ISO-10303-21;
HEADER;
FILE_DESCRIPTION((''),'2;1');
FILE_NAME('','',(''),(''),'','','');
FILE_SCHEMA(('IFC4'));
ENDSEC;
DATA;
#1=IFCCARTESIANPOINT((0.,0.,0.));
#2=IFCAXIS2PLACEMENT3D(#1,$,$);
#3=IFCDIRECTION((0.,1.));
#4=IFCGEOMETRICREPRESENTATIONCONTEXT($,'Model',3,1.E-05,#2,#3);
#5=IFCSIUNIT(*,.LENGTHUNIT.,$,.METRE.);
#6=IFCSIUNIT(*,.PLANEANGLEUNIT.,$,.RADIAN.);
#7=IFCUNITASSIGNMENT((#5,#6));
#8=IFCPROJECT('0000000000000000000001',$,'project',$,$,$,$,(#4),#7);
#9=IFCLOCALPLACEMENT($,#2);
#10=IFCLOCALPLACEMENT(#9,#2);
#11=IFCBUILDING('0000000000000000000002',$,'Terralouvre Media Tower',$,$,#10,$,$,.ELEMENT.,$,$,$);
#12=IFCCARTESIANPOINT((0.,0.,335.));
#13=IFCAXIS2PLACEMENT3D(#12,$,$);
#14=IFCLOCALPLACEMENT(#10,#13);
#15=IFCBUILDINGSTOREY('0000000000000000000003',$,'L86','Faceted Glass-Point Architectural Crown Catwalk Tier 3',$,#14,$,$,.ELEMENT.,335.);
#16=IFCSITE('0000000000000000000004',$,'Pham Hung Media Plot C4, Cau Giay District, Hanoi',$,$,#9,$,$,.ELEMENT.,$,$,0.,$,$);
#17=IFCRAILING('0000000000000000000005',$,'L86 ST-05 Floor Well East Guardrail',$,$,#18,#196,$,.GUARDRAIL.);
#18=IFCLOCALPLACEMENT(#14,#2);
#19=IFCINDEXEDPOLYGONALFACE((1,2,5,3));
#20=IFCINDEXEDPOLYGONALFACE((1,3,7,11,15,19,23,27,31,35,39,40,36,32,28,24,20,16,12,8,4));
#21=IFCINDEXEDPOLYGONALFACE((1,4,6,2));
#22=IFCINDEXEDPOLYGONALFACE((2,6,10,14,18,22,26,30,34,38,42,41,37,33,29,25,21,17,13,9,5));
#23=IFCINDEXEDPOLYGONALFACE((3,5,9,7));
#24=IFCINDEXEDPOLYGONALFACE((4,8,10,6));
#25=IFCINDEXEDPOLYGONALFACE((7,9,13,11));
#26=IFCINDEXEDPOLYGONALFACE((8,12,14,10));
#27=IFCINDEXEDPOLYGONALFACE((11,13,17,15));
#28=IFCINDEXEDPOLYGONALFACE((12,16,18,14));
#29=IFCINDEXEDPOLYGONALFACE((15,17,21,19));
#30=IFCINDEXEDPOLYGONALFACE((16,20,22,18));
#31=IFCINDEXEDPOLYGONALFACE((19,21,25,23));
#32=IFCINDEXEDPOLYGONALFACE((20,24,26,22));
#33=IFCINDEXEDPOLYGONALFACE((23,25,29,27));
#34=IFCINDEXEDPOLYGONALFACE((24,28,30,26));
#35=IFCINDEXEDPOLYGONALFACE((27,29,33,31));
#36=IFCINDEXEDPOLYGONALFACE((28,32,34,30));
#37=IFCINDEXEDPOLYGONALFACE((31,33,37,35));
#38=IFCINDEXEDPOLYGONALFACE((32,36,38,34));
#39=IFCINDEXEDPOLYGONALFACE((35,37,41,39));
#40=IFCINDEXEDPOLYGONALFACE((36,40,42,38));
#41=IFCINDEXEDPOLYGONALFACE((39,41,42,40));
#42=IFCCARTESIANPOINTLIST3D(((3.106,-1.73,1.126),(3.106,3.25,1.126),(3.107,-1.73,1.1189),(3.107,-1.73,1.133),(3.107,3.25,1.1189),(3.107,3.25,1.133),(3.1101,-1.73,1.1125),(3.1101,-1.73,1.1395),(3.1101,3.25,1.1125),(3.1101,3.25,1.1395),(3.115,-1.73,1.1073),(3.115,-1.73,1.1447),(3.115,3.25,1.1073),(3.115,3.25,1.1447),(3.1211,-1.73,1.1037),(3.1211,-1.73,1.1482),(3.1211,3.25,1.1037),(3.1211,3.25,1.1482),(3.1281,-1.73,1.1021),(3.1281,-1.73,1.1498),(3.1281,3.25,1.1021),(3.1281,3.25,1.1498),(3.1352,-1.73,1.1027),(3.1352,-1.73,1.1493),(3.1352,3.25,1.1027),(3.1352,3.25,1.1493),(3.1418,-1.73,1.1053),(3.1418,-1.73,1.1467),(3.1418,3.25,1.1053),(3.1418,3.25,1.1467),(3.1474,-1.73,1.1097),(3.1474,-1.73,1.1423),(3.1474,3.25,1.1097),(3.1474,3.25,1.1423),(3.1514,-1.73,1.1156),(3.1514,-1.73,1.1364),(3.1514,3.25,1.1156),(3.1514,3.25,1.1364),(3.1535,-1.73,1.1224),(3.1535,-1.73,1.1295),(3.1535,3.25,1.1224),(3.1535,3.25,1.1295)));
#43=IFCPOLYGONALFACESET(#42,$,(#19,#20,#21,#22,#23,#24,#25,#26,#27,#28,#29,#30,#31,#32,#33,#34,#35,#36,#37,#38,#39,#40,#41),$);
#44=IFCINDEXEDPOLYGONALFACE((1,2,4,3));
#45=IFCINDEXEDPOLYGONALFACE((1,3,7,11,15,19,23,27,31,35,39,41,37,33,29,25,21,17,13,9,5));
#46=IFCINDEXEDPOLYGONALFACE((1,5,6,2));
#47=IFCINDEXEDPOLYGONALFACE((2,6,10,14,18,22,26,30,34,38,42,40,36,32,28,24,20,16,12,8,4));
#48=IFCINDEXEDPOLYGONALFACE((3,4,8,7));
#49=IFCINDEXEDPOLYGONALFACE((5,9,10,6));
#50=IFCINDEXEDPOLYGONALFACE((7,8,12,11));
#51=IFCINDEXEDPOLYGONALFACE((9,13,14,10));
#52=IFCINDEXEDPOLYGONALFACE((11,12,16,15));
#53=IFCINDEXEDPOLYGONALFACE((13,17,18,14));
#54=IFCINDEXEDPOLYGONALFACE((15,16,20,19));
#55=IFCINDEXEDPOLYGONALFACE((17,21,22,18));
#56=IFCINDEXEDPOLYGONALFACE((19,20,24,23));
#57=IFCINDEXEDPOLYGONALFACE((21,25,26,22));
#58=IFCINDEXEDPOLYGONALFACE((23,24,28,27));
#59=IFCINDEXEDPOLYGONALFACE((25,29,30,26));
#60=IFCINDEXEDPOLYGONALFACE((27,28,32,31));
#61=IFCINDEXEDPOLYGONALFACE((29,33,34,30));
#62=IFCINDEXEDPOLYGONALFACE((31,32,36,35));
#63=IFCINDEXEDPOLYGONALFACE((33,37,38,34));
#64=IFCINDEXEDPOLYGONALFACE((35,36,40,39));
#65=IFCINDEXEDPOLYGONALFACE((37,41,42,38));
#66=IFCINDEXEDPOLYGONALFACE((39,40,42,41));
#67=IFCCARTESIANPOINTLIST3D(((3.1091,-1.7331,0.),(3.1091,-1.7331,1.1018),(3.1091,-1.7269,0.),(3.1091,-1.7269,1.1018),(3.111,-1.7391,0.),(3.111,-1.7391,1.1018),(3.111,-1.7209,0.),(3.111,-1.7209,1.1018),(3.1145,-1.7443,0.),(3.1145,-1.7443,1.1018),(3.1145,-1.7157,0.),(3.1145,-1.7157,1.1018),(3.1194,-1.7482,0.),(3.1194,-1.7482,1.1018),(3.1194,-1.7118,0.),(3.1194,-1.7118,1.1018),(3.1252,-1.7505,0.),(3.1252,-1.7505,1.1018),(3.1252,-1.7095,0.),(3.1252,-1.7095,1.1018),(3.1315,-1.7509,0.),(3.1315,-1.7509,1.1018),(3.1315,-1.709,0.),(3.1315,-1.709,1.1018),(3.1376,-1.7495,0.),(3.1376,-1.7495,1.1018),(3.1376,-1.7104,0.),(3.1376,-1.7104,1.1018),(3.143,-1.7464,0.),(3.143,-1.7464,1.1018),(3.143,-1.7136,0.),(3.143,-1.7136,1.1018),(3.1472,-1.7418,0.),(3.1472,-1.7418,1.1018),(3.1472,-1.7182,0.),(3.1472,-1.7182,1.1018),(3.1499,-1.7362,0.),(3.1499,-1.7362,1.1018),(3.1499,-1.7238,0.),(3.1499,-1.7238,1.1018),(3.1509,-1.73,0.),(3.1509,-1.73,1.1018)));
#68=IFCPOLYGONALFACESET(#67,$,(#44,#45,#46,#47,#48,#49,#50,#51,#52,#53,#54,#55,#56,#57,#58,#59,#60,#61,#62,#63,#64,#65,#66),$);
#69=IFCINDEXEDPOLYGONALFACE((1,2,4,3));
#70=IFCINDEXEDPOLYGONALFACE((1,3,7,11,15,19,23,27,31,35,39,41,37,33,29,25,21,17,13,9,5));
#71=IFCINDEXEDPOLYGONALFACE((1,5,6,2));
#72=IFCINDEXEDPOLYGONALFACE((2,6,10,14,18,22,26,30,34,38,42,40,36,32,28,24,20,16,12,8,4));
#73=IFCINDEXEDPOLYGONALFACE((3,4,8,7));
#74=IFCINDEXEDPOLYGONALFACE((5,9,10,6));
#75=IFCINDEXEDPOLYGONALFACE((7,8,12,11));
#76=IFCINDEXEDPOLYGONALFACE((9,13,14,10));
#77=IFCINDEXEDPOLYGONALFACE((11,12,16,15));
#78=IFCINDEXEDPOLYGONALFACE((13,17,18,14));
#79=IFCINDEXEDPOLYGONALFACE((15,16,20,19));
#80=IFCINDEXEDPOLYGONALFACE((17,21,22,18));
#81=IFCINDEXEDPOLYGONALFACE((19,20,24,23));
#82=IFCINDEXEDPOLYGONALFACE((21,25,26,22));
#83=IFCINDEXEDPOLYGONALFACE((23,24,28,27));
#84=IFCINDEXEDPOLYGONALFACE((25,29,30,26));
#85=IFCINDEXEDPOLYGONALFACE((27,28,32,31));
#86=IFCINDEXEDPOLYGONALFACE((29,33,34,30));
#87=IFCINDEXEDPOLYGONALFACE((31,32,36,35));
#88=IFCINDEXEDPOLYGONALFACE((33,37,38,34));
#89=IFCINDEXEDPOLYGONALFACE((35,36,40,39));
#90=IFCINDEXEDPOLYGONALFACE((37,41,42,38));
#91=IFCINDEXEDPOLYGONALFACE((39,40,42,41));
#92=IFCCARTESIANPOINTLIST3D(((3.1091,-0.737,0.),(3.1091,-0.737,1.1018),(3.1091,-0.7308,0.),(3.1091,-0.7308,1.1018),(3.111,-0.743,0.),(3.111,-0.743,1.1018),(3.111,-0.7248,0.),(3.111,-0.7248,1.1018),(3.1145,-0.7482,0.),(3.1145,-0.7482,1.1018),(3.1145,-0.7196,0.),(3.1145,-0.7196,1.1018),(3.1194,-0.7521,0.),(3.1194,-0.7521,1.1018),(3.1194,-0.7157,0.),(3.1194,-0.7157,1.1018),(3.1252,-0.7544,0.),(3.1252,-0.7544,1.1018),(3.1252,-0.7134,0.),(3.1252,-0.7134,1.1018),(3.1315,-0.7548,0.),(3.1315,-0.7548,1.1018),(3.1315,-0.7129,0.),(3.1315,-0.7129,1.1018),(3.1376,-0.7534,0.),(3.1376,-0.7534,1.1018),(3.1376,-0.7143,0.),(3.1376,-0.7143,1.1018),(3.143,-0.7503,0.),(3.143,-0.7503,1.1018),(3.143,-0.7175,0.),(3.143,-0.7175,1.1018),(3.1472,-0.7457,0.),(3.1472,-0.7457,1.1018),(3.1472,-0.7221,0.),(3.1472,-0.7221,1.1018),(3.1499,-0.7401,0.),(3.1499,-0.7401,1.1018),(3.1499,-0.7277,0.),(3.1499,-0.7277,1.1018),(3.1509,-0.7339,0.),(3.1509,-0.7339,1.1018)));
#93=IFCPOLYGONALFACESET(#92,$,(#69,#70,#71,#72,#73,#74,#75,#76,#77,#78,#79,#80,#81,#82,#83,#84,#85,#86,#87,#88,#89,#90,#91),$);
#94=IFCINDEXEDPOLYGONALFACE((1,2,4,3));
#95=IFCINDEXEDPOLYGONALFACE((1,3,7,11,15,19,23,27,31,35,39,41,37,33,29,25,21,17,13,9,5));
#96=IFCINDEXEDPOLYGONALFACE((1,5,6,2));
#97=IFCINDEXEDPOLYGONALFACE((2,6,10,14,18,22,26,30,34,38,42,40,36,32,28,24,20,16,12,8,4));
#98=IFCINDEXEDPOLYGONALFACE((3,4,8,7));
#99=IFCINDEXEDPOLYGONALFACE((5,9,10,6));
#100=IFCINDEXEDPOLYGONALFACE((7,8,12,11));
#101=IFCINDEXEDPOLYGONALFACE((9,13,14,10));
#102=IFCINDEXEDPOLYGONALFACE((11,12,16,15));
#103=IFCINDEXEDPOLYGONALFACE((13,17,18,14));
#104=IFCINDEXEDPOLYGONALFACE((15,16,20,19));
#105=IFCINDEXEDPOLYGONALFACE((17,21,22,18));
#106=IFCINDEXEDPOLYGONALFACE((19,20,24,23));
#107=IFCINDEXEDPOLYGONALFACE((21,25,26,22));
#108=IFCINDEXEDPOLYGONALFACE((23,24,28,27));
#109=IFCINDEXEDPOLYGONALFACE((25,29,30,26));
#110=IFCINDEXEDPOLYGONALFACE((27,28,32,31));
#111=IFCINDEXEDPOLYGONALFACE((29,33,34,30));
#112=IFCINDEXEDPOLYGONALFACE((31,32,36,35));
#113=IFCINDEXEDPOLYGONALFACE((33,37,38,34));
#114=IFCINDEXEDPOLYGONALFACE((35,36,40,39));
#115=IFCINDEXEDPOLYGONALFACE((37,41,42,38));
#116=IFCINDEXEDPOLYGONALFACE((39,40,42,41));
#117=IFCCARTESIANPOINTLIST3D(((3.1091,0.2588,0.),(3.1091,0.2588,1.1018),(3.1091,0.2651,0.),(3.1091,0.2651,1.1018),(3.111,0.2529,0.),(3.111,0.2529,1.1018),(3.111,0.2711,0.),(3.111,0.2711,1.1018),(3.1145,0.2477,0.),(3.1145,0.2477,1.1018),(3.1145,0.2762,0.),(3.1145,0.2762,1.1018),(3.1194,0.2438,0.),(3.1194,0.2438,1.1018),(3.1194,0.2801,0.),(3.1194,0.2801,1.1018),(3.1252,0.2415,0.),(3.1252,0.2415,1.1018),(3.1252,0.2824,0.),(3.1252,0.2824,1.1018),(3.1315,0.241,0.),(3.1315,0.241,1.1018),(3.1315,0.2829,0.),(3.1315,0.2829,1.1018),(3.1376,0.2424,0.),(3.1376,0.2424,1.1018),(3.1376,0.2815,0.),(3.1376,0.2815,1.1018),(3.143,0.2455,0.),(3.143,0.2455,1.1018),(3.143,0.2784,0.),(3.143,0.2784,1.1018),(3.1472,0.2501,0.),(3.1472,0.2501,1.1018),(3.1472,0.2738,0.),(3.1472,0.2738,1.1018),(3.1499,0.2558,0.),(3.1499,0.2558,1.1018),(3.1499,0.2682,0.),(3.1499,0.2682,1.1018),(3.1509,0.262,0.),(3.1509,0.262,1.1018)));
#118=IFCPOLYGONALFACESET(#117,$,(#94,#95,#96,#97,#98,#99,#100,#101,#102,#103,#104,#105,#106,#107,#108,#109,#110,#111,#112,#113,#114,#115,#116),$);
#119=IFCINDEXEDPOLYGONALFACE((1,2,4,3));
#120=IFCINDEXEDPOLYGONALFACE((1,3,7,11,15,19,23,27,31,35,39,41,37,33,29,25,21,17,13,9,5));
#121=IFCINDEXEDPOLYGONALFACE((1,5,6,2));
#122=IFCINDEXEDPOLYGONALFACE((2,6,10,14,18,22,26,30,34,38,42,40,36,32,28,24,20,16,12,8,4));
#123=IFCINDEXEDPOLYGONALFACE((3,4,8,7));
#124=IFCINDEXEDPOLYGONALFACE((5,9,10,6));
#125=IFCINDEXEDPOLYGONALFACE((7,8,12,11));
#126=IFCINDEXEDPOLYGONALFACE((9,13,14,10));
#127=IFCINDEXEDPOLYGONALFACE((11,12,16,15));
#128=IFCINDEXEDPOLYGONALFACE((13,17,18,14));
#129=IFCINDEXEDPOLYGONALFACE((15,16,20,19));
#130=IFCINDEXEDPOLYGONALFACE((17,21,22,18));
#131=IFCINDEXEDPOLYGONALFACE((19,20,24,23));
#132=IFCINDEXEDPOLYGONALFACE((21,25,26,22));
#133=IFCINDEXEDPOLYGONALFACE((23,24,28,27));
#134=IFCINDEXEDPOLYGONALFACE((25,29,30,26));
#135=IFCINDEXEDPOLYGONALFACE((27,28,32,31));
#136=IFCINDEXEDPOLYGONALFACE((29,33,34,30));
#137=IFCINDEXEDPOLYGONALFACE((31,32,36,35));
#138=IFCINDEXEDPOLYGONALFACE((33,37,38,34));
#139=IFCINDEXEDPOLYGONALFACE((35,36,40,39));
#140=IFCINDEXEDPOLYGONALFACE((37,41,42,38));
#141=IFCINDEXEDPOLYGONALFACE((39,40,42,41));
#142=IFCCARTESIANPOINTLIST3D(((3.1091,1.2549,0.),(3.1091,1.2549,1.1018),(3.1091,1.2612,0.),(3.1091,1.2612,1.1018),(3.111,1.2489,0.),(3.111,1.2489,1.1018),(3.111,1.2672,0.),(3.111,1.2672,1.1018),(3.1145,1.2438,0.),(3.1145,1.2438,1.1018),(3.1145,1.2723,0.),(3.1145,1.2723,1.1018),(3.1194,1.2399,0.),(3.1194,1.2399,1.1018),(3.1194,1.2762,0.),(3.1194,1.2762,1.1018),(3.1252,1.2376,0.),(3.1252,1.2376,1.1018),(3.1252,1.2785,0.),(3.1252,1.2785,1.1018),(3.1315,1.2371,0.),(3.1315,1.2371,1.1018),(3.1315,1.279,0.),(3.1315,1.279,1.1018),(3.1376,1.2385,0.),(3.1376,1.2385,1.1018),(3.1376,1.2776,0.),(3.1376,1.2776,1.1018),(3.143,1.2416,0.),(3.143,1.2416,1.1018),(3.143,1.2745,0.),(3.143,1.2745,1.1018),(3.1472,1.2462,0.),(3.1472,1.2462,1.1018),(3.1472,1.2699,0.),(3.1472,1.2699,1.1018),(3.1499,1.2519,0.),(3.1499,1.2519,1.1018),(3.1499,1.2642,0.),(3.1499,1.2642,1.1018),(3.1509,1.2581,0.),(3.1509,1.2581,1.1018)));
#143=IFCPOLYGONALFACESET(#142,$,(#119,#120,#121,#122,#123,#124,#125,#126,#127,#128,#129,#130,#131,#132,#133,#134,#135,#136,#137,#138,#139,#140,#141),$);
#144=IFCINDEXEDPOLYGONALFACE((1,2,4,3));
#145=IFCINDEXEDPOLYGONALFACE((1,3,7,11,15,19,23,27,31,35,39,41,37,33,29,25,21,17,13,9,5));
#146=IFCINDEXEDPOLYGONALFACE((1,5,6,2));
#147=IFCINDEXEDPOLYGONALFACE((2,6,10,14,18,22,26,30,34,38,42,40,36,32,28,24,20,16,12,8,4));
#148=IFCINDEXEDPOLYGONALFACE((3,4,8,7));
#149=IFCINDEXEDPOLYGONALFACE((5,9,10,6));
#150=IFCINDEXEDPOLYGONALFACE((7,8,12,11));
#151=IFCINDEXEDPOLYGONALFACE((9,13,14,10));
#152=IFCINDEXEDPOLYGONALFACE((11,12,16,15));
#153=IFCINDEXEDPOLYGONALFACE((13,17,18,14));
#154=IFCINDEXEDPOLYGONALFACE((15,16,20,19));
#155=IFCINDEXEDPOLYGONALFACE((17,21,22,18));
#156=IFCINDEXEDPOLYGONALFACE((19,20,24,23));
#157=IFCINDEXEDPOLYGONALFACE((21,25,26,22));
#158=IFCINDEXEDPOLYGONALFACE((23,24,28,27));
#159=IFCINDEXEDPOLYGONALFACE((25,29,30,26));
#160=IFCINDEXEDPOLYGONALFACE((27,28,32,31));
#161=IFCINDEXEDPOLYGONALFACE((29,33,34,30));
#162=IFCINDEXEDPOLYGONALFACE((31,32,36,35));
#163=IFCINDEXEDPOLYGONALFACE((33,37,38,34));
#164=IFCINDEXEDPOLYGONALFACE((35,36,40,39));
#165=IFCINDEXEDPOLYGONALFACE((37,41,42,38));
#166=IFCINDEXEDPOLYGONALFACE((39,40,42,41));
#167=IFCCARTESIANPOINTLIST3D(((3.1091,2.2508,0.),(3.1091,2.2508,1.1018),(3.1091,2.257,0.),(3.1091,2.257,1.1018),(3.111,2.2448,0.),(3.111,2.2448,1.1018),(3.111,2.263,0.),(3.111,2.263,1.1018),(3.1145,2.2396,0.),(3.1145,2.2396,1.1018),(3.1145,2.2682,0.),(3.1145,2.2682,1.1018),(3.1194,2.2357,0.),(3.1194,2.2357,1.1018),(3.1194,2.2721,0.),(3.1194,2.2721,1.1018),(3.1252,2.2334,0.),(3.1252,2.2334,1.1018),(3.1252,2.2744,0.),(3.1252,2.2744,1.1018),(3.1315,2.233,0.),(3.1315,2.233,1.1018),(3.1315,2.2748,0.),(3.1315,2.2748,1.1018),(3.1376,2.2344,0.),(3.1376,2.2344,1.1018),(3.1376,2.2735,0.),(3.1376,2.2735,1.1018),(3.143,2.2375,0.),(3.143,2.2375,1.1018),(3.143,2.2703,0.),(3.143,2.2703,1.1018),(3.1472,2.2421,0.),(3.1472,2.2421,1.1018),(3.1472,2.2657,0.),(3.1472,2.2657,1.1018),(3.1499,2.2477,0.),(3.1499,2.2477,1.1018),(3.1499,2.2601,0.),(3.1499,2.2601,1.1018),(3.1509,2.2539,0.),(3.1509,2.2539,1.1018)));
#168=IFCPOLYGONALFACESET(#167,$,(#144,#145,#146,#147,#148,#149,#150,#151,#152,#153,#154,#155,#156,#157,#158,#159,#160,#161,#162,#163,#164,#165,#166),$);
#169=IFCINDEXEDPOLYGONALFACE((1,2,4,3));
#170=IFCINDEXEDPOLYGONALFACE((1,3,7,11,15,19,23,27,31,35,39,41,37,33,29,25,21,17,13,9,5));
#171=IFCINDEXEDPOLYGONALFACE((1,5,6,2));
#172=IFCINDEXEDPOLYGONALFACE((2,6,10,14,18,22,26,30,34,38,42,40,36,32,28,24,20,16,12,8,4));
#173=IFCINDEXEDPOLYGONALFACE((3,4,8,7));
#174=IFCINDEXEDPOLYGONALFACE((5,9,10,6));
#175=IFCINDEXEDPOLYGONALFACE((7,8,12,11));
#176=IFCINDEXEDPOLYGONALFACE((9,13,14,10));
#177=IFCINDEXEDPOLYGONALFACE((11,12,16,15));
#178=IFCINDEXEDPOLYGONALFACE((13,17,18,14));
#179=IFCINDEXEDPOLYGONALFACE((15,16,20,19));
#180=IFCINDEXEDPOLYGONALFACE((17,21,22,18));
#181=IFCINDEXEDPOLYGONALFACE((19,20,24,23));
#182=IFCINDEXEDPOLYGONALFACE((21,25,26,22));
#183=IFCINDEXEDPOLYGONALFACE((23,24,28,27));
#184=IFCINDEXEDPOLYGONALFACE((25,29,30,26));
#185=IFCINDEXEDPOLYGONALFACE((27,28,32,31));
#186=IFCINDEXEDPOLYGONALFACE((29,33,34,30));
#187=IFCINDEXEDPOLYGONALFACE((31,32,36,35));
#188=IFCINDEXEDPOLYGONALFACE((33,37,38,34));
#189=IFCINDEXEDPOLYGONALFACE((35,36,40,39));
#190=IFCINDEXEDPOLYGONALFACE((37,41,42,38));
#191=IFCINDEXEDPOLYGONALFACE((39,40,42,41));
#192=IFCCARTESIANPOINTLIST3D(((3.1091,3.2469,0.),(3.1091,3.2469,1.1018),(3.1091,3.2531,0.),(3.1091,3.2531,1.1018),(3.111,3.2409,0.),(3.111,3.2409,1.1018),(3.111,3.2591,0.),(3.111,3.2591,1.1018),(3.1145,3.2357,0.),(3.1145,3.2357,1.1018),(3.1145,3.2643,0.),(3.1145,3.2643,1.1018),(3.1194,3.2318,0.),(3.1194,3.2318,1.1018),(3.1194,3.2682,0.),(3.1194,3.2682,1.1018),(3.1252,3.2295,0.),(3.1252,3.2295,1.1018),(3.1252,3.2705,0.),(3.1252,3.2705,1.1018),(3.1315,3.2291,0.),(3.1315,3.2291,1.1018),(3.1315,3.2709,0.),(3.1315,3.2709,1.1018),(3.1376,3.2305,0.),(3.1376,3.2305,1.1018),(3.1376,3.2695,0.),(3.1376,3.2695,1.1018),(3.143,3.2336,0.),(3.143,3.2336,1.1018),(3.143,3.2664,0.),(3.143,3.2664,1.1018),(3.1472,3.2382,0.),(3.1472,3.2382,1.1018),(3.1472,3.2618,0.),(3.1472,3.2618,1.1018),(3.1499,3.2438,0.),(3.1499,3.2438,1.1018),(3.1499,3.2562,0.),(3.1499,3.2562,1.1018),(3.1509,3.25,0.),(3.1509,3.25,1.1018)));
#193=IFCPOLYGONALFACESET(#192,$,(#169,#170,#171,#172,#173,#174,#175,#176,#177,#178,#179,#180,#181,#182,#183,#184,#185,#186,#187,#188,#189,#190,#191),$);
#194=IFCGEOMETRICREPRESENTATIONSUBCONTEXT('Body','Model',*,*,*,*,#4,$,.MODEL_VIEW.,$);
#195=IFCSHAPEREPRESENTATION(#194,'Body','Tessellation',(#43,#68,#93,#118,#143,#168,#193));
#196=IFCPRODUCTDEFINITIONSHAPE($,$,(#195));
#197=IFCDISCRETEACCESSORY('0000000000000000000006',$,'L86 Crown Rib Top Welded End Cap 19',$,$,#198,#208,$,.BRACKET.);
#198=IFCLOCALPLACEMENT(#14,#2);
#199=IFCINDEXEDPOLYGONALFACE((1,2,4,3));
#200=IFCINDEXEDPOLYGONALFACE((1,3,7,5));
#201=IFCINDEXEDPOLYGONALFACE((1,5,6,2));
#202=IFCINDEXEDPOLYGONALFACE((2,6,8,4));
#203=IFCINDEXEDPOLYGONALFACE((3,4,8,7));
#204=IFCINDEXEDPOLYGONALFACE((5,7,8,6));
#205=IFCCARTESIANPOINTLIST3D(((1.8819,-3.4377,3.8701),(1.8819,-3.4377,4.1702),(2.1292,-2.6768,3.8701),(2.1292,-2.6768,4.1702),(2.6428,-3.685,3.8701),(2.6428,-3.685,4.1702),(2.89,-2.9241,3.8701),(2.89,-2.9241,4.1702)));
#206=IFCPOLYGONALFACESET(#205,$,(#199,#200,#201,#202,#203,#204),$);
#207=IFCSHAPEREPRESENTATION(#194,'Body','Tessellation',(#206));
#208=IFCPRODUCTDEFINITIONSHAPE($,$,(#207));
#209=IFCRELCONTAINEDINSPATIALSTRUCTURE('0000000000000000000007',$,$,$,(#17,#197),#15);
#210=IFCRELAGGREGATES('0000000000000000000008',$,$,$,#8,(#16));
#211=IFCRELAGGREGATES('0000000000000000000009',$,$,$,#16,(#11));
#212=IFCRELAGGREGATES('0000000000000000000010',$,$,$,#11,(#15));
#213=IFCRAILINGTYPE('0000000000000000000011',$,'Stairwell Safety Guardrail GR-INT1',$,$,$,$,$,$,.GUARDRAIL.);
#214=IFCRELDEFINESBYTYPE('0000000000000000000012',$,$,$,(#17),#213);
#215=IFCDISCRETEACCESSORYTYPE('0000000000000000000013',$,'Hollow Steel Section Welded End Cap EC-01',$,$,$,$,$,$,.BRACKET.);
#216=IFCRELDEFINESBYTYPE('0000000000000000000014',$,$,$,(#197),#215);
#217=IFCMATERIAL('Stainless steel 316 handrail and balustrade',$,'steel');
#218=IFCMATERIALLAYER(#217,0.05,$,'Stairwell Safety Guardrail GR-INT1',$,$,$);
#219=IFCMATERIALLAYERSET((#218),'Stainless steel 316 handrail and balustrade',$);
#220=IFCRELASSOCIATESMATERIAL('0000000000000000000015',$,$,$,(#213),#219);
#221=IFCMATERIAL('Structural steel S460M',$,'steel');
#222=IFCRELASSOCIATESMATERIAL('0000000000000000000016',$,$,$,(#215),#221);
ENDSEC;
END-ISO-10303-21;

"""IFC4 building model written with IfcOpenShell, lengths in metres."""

from ifc_helpers import new_model, si_unit, direction, frame, origin, origin_2d, place, context, subcontext, project, spatial, rectangle, circle, extrude, material, layer, layer_set, type_object, element, save


model = new_model("IFC4")

# Units and contexts
model_context = context("Model", 3, precision=1e-05, world=origin(), true_north=direction((0.0, 1.0)))
body_context = subcontext(model_context, "Body", "Model", "MODEL_VIEW")
ifc_project = project(units=[si_unit("LENGTHUNIT", "METRE"), si_unit("PLANEANGLEUNIT", "RADIAN")], contexts=[model_context])

# Site, building, storey
site_placement = place(None, origin())
site = spatial("IfcSite", under=ifc_project, at=site_placement, Name="Pham Hung Media Plot C4, Cau Giay District, Hanoi", CompositionType="ELEMENT", RefElevation=0.0)
building_placement = place(site_placement, origin())
building = spatial("IfcBuilding", under=site, at=building_placement, Name="Terralouvre Media Tower", CompositionType="ELEMENT")
storey_placement = place(building_placement, frame((0.0, 0.0, 335.0)))
storey = spatial("IfcBuildingStorey", under=building, at=storey_placement, Name="L86", Description="Faceted Glass-Point Architectural Crown Catwalk Tier 3", CompositionType="ELEMENT", Elevation=335.0)

# Railing
ifc_material_1 = material(Name="Stainless steel 316 handrail and balustrade", Category="steel")
ifc_layer_1 = layer(ifc_material_1, 0.05, Name="Stairwell Safety Guardrail GR-INT1")
ifc_layer_set_1 = layer_set([ifc_layer_1], Name="Stainless steel 316 handrail and balustrade")
railing_type_1 = type_object("IfcRailingType", Name="Stairwell Safety Guardrail GR-INT1", PredefinedType="GUARDRAIL", material=ifc_layer_set_1)
railing_1_placement = place(storey_placement, frame((3.1299, -1.73, 0.0)))
element("IfcRailing", 1, at=railing_1_placement, inside=storey, type_object=railing_type_1, Name="L86 ST-05 Floor Well East Guardrail", PredefinedType="GUARDRAIL", context=body_context, shape_type="SweptSolid", body=[
    extrude(circle(Radius=0.0239, at=origin_2d()), frame((0.0, 0.0, 1.126), z_axis=(0.0, 1.0, 0.0), x_axis=(-1.0, 0.0, 0.0)), (0.0, 0.0, 1.0), 4.98),
    extrude(circle(Radius=0.021, at=origin_2d()), origin(), (0.0, 0.0, 1.0), 1.1018),
    extrude(circle(Radius=0.021, at=origin_2d()), frame((0.0, 0.9961, 0.0)), (0.0, 0.0, 1.0), 1.1018),
    extrude(circle(Radius=0.021, at=origin_2d()), frame((0.0, 1.9919, 0.0)), (0.0, 0.0, 1.0), 1.1018),
    extrude(circle(Radius=0.021, at=origin_2d()), frame((0.0, 2.988, 0.0)), (0.0, 0.0, 1.0), 1.1018),
    extrude(circle(Radius=0.021, at=origin_2d()), frame((0.0, 3.9839, 0.0)), (0.0, 0.0, 1.0), 1.1018),
    extrude(circle(Radius=0.021, at=origin_2d()), frame((0.0, 4.98, 0.0)), (0.0, 0.0, 1.0), 1.1018),
])

# Discrete accessory
ifc_material_2 = material(Name="Structural steel S460M", Category="steel")
discrete_accessory_type_1 = type_object("IfcDiscreteAccessoryType", Name="Hollow Steel Section Welded End Cap EC-01", PredefinedType="BRACKET", material=ifc_material_2)
for number, where, z_axis, x_axis, name in (
    (2, (2.386, -3.1809, 3.8701), (0.0, 0.0, 1.0), (0.309017, 0.951057, 0.0), "L86 Crown Rib Top Welded End Cap 19"),
):
    element("IfcDiscreteAccessory", number, at=place(storey_placement, frame(where, z_axis=z_axis, x_axis=x_axis)), inside=storey, type_object=discrete_accessory_type_1, Name=name, PredefinedType="BRACKET", context=body_context, shape_type="SweptSolid", body=[
        extrude(rectangle(XDim=0.8, YDim=0.8, at=origin_2d()), origin(), (0.0, 0.0, 1.0), 0.3),
    ])

save(model, "model.ifc")
